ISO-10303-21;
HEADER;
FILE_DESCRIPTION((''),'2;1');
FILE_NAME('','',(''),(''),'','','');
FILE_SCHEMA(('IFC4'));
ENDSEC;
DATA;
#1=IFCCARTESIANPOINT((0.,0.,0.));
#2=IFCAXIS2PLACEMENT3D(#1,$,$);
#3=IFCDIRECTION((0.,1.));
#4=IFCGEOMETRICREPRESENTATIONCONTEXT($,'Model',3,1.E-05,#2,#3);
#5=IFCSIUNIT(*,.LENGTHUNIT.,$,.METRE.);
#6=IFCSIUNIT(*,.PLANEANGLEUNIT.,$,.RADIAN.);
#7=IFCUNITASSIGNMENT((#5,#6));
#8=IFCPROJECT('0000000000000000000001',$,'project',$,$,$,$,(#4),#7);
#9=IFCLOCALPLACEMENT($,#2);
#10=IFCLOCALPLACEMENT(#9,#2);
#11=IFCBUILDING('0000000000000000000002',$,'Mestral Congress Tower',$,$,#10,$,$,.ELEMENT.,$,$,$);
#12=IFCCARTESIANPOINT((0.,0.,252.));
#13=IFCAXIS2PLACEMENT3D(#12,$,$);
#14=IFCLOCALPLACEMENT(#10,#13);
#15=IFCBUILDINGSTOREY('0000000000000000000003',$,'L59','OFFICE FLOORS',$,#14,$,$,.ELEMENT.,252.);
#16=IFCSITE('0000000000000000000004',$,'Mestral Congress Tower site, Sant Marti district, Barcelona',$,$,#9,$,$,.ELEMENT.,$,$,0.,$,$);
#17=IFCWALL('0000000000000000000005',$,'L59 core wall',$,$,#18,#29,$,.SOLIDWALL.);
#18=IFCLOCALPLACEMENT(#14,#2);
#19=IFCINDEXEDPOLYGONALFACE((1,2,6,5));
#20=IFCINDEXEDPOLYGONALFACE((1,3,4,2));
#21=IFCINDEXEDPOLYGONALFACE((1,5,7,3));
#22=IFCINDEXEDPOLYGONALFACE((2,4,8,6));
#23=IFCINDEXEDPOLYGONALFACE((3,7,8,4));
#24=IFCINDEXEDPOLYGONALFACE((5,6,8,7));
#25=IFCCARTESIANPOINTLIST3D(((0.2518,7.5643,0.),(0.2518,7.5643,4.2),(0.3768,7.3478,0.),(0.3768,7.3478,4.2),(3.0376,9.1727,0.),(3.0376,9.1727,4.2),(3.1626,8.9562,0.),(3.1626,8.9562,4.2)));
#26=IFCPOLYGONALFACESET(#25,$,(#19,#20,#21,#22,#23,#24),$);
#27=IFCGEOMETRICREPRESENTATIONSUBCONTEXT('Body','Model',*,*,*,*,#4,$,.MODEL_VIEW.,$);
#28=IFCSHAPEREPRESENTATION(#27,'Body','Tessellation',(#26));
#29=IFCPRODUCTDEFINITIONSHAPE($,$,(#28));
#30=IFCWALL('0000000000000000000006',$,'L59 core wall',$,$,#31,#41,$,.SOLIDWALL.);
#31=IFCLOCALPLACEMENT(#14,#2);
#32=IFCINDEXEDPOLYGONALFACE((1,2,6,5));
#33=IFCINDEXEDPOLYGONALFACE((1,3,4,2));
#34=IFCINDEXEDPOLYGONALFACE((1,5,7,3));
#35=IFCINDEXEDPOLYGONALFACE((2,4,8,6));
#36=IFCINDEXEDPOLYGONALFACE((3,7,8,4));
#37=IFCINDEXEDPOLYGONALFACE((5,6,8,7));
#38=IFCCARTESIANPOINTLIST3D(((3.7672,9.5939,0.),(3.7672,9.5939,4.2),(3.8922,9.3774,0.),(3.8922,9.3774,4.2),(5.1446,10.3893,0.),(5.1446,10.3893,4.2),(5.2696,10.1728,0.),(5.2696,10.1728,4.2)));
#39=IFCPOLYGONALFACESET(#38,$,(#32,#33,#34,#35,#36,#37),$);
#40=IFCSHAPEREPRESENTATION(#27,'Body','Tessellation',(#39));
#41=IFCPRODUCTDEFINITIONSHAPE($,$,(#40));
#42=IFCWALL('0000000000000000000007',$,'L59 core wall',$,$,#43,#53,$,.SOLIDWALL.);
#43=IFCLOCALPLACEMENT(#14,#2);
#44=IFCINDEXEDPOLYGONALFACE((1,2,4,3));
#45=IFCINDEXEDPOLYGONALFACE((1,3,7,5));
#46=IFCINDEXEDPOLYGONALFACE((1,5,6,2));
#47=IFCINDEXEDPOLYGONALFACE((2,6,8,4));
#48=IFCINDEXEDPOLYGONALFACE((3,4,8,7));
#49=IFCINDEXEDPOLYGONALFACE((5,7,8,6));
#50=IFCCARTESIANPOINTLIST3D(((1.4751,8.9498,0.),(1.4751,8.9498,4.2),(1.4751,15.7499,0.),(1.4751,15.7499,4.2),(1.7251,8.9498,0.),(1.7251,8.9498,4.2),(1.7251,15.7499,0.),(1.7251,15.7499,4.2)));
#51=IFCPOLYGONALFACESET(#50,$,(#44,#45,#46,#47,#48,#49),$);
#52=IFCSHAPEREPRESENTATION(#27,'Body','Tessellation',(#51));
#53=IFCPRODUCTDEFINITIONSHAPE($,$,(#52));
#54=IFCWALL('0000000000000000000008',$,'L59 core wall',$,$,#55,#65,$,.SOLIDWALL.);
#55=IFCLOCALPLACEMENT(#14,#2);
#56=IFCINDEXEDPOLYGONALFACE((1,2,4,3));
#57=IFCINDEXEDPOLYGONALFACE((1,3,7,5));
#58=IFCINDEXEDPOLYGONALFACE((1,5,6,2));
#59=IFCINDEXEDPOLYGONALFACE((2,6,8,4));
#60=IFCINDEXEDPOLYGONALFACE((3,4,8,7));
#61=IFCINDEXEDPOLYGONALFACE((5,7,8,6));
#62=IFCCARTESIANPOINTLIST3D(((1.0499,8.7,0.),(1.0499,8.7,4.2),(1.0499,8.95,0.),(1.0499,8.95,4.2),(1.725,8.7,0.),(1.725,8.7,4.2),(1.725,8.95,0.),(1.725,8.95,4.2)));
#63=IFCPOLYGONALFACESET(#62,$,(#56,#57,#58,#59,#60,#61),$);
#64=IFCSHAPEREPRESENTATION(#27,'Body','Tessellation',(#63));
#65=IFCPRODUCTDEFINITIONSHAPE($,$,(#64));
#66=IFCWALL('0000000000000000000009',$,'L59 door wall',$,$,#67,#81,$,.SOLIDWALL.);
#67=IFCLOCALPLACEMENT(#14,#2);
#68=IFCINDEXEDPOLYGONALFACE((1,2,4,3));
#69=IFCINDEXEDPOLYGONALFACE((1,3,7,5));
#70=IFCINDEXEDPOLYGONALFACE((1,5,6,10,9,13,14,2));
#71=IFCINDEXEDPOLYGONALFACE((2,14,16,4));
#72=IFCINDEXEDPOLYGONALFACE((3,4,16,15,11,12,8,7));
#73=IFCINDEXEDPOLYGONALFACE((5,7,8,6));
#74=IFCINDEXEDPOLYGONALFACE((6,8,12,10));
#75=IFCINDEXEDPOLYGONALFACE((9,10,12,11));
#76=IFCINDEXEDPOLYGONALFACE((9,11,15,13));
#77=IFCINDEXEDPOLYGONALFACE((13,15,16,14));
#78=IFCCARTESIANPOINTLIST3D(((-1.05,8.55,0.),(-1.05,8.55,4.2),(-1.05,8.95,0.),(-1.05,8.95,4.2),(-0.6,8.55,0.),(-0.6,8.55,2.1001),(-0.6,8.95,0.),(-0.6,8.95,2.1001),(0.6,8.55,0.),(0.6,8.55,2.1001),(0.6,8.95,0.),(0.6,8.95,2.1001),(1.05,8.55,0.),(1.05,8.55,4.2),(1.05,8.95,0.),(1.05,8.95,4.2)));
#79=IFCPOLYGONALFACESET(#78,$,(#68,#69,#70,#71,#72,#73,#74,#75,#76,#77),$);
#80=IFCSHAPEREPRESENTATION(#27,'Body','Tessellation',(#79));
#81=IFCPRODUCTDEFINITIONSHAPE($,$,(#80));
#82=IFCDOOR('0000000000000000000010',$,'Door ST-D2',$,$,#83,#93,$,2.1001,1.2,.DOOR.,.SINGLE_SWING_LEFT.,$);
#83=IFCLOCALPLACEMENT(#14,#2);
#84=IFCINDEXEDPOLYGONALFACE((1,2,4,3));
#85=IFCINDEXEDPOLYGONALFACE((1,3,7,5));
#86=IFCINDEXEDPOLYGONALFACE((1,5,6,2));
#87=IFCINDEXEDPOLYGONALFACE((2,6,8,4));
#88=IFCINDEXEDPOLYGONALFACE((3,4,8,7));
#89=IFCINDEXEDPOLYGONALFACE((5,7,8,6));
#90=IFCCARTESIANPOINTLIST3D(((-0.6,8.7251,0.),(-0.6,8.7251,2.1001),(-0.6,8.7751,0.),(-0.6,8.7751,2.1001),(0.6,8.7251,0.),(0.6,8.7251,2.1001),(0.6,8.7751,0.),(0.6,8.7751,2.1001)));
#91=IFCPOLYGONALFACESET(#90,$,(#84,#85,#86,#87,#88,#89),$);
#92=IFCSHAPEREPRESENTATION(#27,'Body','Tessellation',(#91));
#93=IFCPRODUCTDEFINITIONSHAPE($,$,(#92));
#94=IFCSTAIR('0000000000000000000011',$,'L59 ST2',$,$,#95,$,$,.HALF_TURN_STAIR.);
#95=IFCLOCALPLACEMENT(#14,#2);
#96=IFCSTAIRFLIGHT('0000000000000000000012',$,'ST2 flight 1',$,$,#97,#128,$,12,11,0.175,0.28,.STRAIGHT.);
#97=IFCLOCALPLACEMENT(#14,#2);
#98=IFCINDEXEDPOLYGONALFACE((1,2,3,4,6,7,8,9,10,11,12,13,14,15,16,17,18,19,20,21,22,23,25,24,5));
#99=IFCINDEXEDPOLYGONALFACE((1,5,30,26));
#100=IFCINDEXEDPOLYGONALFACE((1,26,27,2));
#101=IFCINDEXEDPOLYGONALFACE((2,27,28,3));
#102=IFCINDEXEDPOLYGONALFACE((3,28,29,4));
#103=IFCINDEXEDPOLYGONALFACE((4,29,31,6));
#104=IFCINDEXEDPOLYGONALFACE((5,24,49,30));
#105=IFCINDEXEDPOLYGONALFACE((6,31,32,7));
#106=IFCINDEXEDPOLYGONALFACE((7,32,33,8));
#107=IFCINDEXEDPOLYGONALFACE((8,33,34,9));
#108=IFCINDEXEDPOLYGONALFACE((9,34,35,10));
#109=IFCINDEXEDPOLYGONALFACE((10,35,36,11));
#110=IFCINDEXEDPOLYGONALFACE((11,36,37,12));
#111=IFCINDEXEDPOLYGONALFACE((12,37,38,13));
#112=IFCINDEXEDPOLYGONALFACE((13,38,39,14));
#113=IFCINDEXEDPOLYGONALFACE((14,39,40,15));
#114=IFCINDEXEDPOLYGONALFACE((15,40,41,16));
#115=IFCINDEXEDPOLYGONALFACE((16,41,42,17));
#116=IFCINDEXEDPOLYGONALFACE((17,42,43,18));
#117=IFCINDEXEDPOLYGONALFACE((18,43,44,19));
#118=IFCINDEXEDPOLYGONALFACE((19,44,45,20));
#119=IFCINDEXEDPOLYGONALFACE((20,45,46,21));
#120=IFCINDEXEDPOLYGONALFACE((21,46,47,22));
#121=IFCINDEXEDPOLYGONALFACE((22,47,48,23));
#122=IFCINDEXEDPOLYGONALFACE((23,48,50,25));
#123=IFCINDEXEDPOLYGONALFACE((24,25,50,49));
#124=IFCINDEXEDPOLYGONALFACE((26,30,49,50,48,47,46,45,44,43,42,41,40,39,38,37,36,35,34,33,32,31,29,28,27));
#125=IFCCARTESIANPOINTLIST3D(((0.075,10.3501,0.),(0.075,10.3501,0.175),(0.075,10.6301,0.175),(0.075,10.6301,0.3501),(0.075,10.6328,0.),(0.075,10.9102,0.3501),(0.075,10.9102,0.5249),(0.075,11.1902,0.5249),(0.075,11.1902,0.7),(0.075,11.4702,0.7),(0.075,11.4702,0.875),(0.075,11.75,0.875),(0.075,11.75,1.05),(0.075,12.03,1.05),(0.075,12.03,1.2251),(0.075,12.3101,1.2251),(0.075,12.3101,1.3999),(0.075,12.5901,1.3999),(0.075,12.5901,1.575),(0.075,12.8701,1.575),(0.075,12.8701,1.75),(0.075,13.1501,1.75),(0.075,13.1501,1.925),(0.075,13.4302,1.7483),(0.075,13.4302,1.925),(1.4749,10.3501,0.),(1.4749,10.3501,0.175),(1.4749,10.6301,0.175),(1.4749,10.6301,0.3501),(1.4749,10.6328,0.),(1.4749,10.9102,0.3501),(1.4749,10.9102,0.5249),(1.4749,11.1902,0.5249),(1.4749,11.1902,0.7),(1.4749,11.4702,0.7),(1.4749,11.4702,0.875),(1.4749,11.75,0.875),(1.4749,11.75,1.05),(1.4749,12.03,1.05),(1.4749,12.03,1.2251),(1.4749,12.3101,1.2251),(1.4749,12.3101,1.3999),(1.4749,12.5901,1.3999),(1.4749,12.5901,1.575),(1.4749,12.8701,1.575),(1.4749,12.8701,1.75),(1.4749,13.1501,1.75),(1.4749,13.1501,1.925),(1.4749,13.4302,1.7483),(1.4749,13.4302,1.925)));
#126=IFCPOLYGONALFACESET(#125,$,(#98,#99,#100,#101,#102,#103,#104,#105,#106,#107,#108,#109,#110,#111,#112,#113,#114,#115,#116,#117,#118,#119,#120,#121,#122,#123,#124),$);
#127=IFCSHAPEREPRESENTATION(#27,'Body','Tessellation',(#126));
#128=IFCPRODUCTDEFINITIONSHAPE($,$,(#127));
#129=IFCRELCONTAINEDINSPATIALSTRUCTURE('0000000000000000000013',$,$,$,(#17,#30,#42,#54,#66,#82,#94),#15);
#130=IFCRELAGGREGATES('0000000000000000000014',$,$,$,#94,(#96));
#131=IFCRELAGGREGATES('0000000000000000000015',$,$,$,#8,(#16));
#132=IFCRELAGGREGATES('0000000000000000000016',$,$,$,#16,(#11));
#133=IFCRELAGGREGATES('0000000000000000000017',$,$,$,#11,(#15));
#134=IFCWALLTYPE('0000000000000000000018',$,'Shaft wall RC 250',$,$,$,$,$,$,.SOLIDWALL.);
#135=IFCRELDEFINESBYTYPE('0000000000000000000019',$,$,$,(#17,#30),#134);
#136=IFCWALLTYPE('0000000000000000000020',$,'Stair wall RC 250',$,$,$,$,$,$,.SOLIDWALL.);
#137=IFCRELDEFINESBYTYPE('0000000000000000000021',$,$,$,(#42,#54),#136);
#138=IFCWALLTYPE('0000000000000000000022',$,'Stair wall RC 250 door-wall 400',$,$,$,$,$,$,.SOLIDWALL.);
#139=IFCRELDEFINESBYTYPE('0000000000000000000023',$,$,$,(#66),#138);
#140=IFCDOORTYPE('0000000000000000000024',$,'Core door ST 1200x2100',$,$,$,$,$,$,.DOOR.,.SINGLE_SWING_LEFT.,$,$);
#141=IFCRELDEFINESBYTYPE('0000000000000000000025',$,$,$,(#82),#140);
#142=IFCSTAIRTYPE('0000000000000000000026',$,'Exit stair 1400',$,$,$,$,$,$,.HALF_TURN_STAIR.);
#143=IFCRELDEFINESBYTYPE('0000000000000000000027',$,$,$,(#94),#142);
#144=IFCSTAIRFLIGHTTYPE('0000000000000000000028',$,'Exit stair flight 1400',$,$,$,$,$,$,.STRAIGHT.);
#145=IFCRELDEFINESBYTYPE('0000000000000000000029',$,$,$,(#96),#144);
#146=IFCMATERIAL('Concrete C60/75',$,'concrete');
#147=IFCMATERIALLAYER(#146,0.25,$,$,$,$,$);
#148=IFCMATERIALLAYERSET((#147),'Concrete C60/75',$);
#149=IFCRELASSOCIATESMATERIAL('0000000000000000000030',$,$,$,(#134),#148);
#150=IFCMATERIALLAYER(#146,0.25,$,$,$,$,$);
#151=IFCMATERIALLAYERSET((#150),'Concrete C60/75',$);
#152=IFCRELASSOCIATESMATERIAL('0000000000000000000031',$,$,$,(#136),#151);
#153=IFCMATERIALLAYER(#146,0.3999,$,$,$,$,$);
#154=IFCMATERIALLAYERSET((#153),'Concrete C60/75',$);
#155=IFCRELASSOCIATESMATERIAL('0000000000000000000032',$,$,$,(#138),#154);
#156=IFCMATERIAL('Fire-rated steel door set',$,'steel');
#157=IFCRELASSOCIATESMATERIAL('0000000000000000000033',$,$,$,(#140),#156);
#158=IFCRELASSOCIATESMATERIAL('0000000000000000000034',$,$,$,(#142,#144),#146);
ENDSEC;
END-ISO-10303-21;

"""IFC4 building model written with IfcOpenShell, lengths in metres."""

from ifc_helpers import new_model, si_unit, direction, frame, frame_2d, origin, place, context, subcontext, project, spatial, polyline, rectangle, outline, extrude, material, layer, layer_set, type_object, element, fill, aggregate, save


model = new_model("IFC4")

# Units and contexts
model_context = context("Model", 3, precision=1e-05, world=origin(), true_north=direction((0.0, 1.0)))
body_context = subcontext(model_context, "Body", "Model", "MODEL_VIEW")
ifc_project = project(units=[si_unit("LENGTHUNIT", "METRE"), si_unit("PLANEANGLEUNIT", "RADIAN")], contexts=[model_context])

# Site, building, storey
site_placement = place(None, origin())
site = spatial("IfcSite", under=ifc_project, at=site_placement, Name="Mestral Congress Tower site, Sant Marti district, Barcelona", CompositionType="ELEMENT", RefElevation=0.0)
building_placement = place(site_placement, origin())
building = spatial("IfcBuilding", under=site, at=building_placement, Name="Mestral Congress Tower", CompositionType="ELEMENT")
storey_placement = place(building_placement, frame((0.0, 0.0, 252.0)))
storey = spatial("IfcBuildingStorey", under=building, at=storey_placement, Name="L59", Description="OFFICE FLOORS", CompositionType="ELEMENT", Elevation=252.0)

# Shared definitions
ifc_material_1 = material(Name="Concrete C60/75", Category="concrete")

# Shared definitions
ifc_material_2 = material(Name="Fire-rated steel door set", Category="steel")

# Walls
ifc_layer_1 = layer(ifc_material_1, 0.25)
ifc_layer_set_1 = layer_set([ifc_layer_1], Name="Concrete C60/75")
wall_type_1 = type_object("IfcWallType", Name="Shaft wall RC 250", PredefinedType="SOLIDWALL", material=ifc_layer_set_1)
wall_1_placement = place(storey_placement, frame((3.1001, 9.0645, 0.0), z_axis=(0.0, 0.0, 1.0), x_axis=(-0.86603, -0.499992, 0.0)))
element("IfcWall", 1, at=wall_1_placement, inside=storey, type_object=wall_type_1, Name="L59 core wall", PredefinedType="SOLIDWALL", context=body_context, shape_type="SweptSolid", body=[
    extrude(rectangle(XDim=3.2168, YDim=0.25, at=frame_2d((1.6084, 0.0))), origin(), (0.0, 0.0, 1.0), 4.2),
])
wall_2_placement = place(storey_placement, frame((3.8296, 9.4856, 0.0), z_axis=(0.0, 0.0, 1.0), x_axis=(0.865986, 0.500068, 0.0)))
element("IfcWall", 2, at=wall_2_placement, inside=storey, type_object=wall_type_1, Name="L59 core wall", PredefinedType="SOLIDWALL", context=body_context, shape_type="SweptSolid", body=[
    extrude(rectangle(XDim=1.5906, YDim=0.25, at=frame_2d((0.7954, 0.0))), origin(), (0.0, 0.0, 1.0), 4.2),
])
ifc_layer_2 = layer(ifc_material_1, 0.25)
ifc_layer_set_2 = layer_set([ifc_layer_2], Name="Concrete C60/75")
wall_type_2 = type_object("IfcWallType", Name="Stair wall RC 250", PredefinedType="SOLIDWALL", material=ifc_layer_set_2)
wall_3_placement = place(storey_placement, frame((1.6001, 8.95, 0.0), z_axis=(0.0, 0.0, 1.0), x_axis=(0.0, 1.0, 0.0)))
element("IfcWall", 3, at=wall_3_placement, inside=storey, type_object=wall_type_2, Name="L59 core wall", PredefinedType="SOLIDWALL", context=body_context, shape_type="SweptSolid", body=[
    extrude(rectangle(XDim=6.8, YDim=0.25, at=frame_2d((3.3999, 0.0))), origin(), (0.0, 0.0, 1.0), 4.2),
])
wall_4_placement = place(storey_placement, frame((1.05, 8.825, 0.0), z_axis=(0.0, 0.0, 1.0), x_axis=(1.0, 0.0, 0.0)))
element("IfcWall", 4, at=wall_4_placement, inside=storey, type_object=wall_type_2, Name="L59 core wall", PredefinedType="SOLIDWALL", context=body_context, shape_type="SweptSolid", body=[
    extrude(rectangle(XDim=0.675, YDim=0.25, at=frame_2d((0.3374, 0.0))), origin(), (0.0, 0.0, 1.0), 4.2),
])

# Wall, opening, door
ifc_layer_3 = layer(ifc_material_1, 0.3999)
ifc_layer_set_3 = layer_set([ifc_layer_3], Name="Concrete C60/75")
wall_type_3 = type_object("IfcWallType", Name="Stair wall RC 250 door-wall 400", PredefinedType="SOLIDWALL", material=ifc_layer_set_3)
wall_5_placement = place(storey_placement, frame((1.05, 8.75, 0.0), z_axis=(0.0, 0.0, 1.0), x_axis=(-1.0, 0.0, 0.0)))
wall_5 = element("IfcWall", 5, at=wall_5_placement, inside=storey, type_object=wall_type_3, Name="L59 door wall", PredefinedType="SOLIDWALL", context=body_context, shape_type="SweptSolid", body=[
    extrude(rectangle(XDim=2.1001, YDim=0.3999, at=frame_2d((1.05, 0.0))), origin(), (0.0, 0.0, 1.0), 4.2),
])
opening_1_placement = place(wall_5_placement, frame((0.45, 0.0, 0.0)))
opening_1 = element("IfcOpeningElement", 6, at=opening_1_placement, cuts=wall_5, PredefinedType="OPENING", context=body_context, shape_type="SweptSolid", body=[
    extrude(rectangle(XDim=1.2, YDim=2.1001, at=frame_2d((0.6001, 1.05))), frame((0.0, 0.21, 0.0), z_axis=(0.0, -1.0, 0.0), x_axis=(1.0, 0.0, 0.0)), (0.0, 0.0, 1.0), 0.4199),
])
door_type_1 = type_object("IfcDoorType", Name="Core door ST 1200x2100", OperationType="SINGLE_SWING_LEFT", PredefinedType="DOOR", material=ifc_material_2)
door_1_placement = place(opening_1_placement, origin())
door_1 = element("IfcDoor", 7, at=door_1_placement, inside=storey, type_object=door_type_1, Name="Door ST-D2", OperationType="SINGLE_SWING_LEFT", OverallHeight=2.1001, OverallWidth=1.2, PredefinedType="DOOR", context=body_context, shape_type="SweptSolid", body=[
    extrude(rectangle(XDim=1.2, YDim=2.1001, at=frame_2d((0.6001, 1.05))), frame((0.0, 0.0249, 0.0), z_axis=(0.0, -1.0, 0.0), x_axis=(1.0, 0.0, 0.0)), (0.0, 0.0, 1.0), 0.05),
])
fill(opening_1, door_1)

# Stair, stair flight
stair_type = type_object("IfcStairType", Name="Exit stair 1400", PredefinedType="HALF_TURN_STAIR", material=ifc_material_1)
stair_placement = place(storey_placement, origin())
stair = element("IfcStair", 8, at=stair_placement, inside=storey, type_object=stair_type, Name="L59 ST2", PredefinedType="HALF_TURN_STAIR")
stair_flight_type = type_object("IfcStairFlightType", Name="Exit stair flight 1400", PredefinedType="STRAIGHT", material=ifc_material_1)
stair_flight_placement = place(storey_placement, frame((0.7749, 10.3501, 0.0), z_axis=(0.0, 0.0, 1.0), x_axis=(0.0, 1.0, 0.0)))
stair_flight = element("IfcStairFlight", 9, at=stair_flight_placement, type_object=stair_flight_type, Name="ST2 flight 1", NumberOfRisers=12, NumberOfTreads=11, PredefinedType="STRAIGHT", RiserHeight=0.175, TreadLength=0.28, context=body_context, shape_type="SweptSolid", body=[
    extrude(outline(polyline([(0.0, 0.0), (0.0, 0.175), (0.28, 0.175), (0.28, 0.3501), (0.5601, 0.3501), (0.5601, 0.5249), (0.8401, 0.5249), (0.8401, 0.7), (1.1201, 0.7), (1.1201, 0.875), (1.3999, 0.875), (1.3999, 1.05), (1.6799, 1.05), (1.6799, 1.2251), (1.96, 1.2251), (1.96, 1.3999), (2.24, 1.3999), (2.24, 1.575), (2.52, 1.575), (2.52, 1.75), (2.8, 1.75), (2.8, 1.925), (3.0801, 1.925), (3.0801, 2.1001), (3.0801, 1.7483), (0.2827, 0.0), (0.0, 0.0)])), frame((0.0, 0.7, 0.0), z_axis=(0.0, -1.0, 0.0), x_axis=(1.0, 0.0, 0.0)), (0.0, 0.0, 1.0), 1.3999),
])
aggregate(stair, [stair_flight])

save(model, "model.ifc")
